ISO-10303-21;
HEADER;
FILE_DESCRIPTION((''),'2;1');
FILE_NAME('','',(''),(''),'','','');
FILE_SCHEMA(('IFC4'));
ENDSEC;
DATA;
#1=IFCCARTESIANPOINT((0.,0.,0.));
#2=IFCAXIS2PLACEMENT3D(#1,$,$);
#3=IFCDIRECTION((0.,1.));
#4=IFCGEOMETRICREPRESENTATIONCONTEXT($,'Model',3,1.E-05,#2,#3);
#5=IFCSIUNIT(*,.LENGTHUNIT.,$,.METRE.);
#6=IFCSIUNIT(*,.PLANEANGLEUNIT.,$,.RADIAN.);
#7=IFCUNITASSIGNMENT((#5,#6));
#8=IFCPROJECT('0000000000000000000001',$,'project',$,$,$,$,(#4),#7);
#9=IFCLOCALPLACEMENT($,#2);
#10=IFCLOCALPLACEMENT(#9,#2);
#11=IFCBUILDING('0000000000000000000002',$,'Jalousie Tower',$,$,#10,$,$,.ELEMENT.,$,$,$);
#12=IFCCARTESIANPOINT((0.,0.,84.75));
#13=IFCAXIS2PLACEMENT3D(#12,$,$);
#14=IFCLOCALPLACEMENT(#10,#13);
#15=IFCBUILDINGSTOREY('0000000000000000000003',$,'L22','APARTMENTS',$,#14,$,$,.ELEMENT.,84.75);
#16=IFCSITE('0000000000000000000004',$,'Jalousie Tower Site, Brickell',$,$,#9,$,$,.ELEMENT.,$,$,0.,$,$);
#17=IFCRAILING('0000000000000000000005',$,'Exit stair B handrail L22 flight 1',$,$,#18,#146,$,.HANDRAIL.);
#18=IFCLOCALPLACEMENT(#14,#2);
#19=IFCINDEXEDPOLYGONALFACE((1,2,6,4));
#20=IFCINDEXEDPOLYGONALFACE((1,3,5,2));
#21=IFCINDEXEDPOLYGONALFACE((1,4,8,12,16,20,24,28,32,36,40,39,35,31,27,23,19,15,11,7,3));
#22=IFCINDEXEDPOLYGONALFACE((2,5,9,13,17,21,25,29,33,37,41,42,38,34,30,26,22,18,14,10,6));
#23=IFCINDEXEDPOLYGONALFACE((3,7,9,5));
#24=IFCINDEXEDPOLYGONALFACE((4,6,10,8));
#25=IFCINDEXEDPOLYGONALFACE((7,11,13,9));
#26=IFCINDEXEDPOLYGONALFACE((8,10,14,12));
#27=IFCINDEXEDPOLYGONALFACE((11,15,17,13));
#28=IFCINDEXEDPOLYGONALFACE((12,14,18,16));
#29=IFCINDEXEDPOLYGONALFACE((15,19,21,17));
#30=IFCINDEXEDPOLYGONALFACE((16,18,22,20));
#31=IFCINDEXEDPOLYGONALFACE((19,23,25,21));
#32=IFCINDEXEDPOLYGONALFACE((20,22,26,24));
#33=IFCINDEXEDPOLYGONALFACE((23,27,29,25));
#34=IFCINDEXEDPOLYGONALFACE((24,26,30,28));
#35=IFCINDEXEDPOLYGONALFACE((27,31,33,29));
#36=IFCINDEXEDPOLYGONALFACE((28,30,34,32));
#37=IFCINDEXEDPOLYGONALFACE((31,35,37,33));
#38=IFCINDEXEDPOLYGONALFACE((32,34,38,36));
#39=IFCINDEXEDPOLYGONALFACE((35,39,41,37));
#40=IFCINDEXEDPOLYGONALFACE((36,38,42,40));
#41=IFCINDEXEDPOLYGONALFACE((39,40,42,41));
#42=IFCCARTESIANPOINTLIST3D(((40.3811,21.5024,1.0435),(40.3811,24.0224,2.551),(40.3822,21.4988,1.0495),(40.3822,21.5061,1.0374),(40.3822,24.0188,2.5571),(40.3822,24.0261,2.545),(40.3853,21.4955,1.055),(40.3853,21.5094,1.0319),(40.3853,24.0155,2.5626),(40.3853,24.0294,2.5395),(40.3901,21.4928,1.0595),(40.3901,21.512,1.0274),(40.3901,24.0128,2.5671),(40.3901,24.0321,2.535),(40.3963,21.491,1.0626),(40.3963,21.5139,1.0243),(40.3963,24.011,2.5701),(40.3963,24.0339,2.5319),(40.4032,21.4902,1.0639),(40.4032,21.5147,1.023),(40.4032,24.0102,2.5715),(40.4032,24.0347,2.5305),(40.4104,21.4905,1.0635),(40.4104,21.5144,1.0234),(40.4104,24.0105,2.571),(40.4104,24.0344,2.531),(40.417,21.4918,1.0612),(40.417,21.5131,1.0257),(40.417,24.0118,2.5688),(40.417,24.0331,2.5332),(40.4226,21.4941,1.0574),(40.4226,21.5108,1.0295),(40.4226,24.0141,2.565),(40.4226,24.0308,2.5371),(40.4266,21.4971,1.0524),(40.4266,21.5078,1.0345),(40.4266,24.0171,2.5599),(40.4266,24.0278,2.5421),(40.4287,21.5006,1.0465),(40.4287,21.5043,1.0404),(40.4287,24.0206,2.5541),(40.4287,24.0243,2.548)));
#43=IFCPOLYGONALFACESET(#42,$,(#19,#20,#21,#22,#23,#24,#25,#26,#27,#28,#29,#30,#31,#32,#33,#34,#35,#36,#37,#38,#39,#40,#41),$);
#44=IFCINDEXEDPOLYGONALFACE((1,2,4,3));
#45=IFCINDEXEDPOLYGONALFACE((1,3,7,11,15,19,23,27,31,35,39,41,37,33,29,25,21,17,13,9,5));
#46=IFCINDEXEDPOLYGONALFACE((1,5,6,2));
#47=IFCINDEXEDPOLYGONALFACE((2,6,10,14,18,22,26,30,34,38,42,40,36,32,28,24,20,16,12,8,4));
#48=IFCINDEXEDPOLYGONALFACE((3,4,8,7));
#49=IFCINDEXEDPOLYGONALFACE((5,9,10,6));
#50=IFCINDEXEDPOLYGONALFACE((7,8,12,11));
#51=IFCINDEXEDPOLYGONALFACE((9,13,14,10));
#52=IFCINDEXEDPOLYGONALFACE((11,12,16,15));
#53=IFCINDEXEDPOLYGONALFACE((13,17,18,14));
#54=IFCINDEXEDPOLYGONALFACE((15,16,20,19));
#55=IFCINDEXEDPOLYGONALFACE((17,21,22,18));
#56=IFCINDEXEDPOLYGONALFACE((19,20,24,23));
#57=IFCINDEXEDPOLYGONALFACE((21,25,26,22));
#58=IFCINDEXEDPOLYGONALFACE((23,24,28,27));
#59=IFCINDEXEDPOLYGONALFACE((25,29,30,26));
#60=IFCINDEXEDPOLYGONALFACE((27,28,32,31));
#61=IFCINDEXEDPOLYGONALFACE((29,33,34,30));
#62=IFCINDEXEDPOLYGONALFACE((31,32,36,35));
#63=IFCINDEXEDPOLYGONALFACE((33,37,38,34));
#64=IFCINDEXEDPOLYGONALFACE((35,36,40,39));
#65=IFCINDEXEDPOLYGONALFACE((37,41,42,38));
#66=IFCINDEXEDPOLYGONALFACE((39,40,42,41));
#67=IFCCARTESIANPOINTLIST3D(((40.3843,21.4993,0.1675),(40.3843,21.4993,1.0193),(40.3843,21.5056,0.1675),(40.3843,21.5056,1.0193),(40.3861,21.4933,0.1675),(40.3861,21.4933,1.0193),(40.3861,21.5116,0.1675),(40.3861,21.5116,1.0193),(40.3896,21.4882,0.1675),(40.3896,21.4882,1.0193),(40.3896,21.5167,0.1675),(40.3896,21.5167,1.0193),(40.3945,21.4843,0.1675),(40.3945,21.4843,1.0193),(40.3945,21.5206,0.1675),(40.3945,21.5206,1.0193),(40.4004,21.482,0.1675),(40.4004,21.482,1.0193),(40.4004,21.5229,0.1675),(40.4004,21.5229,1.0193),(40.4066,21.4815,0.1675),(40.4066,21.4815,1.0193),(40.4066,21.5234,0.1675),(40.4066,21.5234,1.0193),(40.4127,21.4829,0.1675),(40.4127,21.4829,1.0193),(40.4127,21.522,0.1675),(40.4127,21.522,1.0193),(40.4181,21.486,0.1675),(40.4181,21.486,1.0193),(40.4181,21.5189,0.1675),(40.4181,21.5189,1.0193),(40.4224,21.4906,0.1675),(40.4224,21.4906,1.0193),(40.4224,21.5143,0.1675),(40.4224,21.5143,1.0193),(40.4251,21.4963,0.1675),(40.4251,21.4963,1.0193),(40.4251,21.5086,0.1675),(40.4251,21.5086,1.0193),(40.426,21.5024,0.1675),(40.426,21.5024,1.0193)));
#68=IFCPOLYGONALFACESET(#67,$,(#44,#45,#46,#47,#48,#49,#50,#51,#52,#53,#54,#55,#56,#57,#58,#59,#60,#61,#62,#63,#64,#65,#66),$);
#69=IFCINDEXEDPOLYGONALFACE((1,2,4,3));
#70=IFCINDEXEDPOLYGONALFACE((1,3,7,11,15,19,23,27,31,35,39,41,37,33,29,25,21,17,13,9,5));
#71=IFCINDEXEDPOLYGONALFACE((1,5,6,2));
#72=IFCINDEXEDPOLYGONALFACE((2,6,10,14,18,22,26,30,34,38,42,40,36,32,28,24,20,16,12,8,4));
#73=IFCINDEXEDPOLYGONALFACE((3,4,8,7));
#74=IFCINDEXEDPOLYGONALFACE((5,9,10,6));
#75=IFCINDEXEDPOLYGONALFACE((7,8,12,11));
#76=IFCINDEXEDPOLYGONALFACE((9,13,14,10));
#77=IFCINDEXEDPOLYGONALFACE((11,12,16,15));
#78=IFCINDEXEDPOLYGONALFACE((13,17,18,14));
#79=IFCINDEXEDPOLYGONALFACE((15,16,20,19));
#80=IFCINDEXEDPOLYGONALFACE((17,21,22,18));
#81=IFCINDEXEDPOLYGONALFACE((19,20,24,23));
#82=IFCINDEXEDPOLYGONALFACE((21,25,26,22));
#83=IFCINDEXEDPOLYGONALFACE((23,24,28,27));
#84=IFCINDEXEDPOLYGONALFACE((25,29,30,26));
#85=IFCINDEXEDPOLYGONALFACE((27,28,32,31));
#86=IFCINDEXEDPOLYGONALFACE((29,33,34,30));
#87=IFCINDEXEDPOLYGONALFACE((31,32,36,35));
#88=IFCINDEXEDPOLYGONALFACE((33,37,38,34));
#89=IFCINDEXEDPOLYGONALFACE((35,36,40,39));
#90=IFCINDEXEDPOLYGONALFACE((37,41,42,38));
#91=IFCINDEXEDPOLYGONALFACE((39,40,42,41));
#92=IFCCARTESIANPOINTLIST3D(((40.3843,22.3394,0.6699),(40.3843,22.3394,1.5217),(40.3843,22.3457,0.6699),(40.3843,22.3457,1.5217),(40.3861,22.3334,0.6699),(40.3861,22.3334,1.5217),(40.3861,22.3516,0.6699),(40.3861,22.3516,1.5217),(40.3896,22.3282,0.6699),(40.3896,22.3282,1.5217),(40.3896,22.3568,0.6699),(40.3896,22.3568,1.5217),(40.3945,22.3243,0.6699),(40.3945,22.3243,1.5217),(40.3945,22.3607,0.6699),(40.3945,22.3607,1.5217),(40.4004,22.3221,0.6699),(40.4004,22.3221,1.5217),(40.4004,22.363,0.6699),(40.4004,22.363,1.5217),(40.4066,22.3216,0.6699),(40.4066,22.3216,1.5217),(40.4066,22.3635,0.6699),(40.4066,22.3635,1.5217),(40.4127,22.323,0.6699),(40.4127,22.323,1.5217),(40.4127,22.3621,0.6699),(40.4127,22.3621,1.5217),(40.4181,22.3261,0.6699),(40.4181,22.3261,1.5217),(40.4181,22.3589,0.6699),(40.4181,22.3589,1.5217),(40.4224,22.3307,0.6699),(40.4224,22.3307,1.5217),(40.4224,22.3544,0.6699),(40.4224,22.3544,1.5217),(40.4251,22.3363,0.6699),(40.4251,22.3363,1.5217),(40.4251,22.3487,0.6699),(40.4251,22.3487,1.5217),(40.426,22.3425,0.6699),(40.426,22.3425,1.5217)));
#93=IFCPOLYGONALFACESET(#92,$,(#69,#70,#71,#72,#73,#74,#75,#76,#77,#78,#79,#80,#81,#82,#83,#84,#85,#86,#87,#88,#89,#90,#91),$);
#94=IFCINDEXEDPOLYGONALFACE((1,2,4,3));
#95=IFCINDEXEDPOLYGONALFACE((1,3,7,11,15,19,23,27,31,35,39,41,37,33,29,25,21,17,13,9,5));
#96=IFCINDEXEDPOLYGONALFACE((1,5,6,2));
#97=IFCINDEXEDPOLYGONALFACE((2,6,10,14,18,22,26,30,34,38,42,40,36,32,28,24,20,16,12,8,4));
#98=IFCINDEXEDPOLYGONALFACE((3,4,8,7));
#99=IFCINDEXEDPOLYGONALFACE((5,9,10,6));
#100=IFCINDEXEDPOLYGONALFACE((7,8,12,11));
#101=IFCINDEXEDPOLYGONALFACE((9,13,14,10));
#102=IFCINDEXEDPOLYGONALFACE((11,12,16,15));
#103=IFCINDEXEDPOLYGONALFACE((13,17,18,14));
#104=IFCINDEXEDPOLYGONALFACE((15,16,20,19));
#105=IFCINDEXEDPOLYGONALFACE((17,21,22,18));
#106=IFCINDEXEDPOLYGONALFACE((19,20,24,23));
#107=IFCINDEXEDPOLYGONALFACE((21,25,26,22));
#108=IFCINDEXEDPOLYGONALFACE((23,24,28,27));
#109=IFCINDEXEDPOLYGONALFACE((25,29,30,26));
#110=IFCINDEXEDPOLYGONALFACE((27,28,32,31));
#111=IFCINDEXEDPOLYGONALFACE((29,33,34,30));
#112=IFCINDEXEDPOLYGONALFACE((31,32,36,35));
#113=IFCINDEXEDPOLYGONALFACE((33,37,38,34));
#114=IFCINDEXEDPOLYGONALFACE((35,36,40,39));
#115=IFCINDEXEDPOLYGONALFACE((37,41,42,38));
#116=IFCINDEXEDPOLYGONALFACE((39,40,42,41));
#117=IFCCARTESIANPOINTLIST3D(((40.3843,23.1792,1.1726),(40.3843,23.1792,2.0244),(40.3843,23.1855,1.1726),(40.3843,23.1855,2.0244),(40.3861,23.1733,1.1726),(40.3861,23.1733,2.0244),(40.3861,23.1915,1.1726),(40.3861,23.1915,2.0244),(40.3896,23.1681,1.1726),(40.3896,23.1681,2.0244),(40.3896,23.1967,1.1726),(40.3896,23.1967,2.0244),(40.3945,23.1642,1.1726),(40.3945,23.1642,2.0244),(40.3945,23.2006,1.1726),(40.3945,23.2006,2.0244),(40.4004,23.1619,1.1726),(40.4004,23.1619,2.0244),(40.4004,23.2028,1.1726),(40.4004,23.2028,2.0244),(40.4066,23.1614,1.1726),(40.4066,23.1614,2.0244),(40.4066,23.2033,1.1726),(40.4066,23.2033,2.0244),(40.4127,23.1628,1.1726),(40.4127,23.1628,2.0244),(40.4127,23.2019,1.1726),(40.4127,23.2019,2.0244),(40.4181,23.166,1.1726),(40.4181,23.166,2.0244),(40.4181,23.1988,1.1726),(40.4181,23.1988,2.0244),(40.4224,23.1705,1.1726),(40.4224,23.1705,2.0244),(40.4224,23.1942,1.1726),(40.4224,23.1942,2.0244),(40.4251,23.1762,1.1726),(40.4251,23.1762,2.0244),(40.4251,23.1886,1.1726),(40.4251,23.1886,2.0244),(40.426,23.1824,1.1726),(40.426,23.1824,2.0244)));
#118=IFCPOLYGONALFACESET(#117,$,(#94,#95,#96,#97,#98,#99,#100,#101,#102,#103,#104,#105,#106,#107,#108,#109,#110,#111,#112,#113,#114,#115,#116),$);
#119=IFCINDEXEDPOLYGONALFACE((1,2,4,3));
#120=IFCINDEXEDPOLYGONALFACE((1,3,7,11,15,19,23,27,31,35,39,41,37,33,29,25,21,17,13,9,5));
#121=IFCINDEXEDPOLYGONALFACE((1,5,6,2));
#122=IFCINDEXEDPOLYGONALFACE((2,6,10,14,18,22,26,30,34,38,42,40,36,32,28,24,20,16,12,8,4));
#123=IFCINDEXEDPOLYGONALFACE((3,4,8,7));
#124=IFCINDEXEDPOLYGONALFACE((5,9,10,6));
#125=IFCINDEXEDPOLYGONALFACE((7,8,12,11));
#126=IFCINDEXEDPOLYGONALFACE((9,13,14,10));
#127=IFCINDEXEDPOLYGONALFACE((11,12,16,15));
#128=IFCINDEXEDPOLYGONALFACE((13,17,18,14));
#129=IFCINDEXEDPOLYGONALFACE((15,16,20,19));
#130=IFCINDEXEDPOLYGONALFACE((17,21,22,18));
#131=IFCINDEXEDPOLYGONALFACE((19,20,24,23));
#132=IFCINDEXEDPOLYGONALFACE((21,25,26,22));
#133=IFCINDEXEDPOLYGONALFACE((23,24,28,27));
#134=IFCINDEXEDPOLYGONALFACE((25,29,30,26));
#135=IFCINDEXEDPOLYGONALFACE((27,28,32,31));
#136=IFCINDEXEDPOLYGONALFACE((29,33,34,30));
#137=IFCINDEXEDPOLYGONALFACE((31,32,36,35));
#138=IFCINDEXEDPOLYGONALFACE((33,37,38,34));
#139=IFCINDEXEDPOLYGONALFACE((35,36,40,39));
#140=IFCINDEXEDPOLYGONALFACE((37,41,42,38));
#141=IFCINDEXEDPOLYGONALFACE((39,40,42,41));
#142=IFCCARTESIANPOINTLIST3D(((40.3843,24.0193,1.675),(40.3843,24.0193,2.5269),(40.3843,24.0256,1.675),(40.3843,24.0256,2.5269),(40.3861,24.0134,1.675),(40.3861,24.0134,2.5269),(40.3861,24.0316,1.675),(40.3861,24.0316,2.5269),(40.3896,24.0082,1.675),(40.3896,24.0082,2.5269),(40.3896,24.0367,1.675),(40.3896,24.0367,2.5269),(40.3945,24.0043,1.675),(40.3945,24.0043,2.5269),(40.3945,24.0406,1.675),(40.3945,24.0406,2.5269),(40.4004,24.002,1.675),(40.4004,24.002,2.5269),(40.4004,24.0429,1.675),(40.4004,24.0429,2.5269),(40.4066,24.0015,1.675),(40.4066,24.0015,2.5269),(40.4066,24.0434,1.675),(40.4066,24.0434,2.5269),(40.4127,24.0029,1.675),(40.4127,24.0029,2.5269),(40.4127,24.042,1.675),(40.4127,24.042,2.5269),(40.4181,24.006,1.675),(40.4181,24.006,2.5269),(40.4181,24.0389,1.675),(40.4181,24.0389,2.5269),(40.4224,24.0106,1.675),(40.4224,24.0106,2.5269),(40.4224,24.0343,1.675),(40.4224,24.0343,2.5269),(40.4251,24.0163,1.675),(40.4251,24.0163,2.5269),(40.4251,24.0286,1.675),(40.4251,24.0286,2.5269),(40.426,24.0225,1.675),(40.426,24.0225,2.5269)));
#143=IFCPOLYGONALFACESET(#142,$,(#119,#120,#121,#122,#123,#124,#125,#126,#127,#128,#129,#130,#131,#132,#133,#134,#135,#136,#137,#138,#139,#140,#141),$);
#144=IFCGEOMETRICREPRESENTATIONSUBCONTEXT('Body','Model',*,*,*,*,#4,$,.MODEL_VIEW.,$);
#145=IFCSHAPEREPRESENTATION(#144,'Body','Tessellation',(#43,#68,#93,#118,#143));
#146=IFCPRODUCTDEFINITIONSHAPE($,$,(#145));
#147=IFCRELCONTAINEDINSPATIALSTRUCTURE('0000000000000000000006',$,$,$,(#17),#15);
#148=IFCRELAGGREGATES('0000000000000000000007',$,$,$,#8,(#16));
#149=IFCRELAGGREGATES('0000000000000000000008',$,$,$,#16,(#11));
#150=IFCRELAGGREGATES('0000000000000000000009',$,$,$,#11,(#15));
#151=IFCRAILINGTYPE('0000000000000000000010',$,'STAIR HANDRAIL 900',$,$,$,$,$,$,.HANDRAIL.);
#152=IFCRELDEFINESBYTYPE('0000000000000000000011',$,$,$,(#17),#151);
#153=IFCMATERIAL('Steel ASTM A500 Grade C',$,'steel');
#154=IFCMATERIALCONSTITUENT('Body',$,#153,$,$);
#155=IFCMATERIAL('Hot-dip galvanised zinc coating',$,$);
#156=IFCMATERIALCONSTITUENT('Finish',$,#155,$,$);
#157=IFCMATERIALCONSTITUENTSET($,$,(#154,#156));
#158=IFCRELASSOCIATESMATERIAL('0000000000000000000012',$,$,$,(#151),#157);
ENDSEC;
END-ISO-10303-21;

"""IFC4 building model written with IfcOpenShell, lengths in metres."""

from ifc_helpers import new_model, si_unit, direction, frame, origin, origin_2d, place, context, subcontext, project, spatial, circle, extrude, material, constituent, constituent_set, type_object, element, save


model = new_model("IFC4")

# Units and contexts
model_context = context("Model", 3, precision=1e-05, world=origin(), true_north=direction((0.0, 1.0)))
body_context = subcontext(model_context, "Body", "Model", "MODEL_VIEW")
ifc_project = project(units=[si_unit("LENGTHUNIT", "METRE"), si_unit("PLANEANGLEUNIT", "RADIAN")], contexts=[model_context])

# Site, building, storey
site_placement = place(None, origin())
site = spatial("IfcSite", under=ifc_project, at=site_placement, Name="Jalousie Tower Site, Brickell", CompositionType="ELEMENT", RefElevation=0.0)
building_placement = place(site_placement, origin())
building = spatial("IfcBuilding", under=site, at=building_placement, Name="Jalousie Tower", CompositionType="ELEMENT")
storey_placement = place(building_placement, frame((0.0, 0.0, 84.75)))
storey = spatial("IfcBuildingStorey", under=building, at=storey_placement, Name="L22", Description="APARTMENTS", CompositionType="ELEMENT", Elevation=84.75)

# Railing
ifc_material_1 = material(Name="Steel ASTM A500 Grade C", Category="steel")
ifc_constituent_1 = constituent(ifc_material_1, Name="Body")
ifc_material_2 = material(Name="Hot-dip galvanised zinc coating")
ifc_constituent_2 = constituent(ifc_material_2, Name="Finish")
ifc_constituent_set_1 = constituent_set(constituents=[ifc_constituent_1, ifc_constituent_2])
railing_type = type_object("IfcRailingType", Name="STAIR HANDRAIL 900", PredefinedType="HANDRAIL", material=ifc_constituent_set_1)
railing_placement = place(storey_placement, frame((40.405, 21.5024, 0.1675)))
element("IfcRailing", 1, at=railing_placement, inside=storey, type_object=railing_type, Name="Exit stair B handrail L22 flight 1", PredefinedType="HANDRAIL", context=body_context, shape_type="SweptSolid", body=[
    extrude(circle(Radius=0.0239, at=origin_2d()), frame((0.0, 0.0, 0.876), z_axis=(0.0, 0.85816, 0.513383), x_axis=(-1.0, 0.0, 0.0)), (0.0, 0.0, 1.0), 2.9365),
    extrude(circle(Radius=0.021, at=origin_2d()), origin(), (0.0, 0.0, 1.0), 0.8518),
    extrude(circle(Radius=0.021, at=origin_2d()), frame((0.0, 0.8401, 0.5024)), (0.0, 0.0, 1.0), 0.8518),
    extrude(circle(Radius=0.021, at=origin_2d()), frame((0.0, 1.6799, 1.0051)), (0.0, 0.0, 1.0), 0.8518),
    extrude(circle(Radius=0.021, at=origin_2d()), frame((0.0, 2.52, 1.5076)), (0.0, 0.0, 1.0), 0.8518),
])

save(model, "model.ifc")
